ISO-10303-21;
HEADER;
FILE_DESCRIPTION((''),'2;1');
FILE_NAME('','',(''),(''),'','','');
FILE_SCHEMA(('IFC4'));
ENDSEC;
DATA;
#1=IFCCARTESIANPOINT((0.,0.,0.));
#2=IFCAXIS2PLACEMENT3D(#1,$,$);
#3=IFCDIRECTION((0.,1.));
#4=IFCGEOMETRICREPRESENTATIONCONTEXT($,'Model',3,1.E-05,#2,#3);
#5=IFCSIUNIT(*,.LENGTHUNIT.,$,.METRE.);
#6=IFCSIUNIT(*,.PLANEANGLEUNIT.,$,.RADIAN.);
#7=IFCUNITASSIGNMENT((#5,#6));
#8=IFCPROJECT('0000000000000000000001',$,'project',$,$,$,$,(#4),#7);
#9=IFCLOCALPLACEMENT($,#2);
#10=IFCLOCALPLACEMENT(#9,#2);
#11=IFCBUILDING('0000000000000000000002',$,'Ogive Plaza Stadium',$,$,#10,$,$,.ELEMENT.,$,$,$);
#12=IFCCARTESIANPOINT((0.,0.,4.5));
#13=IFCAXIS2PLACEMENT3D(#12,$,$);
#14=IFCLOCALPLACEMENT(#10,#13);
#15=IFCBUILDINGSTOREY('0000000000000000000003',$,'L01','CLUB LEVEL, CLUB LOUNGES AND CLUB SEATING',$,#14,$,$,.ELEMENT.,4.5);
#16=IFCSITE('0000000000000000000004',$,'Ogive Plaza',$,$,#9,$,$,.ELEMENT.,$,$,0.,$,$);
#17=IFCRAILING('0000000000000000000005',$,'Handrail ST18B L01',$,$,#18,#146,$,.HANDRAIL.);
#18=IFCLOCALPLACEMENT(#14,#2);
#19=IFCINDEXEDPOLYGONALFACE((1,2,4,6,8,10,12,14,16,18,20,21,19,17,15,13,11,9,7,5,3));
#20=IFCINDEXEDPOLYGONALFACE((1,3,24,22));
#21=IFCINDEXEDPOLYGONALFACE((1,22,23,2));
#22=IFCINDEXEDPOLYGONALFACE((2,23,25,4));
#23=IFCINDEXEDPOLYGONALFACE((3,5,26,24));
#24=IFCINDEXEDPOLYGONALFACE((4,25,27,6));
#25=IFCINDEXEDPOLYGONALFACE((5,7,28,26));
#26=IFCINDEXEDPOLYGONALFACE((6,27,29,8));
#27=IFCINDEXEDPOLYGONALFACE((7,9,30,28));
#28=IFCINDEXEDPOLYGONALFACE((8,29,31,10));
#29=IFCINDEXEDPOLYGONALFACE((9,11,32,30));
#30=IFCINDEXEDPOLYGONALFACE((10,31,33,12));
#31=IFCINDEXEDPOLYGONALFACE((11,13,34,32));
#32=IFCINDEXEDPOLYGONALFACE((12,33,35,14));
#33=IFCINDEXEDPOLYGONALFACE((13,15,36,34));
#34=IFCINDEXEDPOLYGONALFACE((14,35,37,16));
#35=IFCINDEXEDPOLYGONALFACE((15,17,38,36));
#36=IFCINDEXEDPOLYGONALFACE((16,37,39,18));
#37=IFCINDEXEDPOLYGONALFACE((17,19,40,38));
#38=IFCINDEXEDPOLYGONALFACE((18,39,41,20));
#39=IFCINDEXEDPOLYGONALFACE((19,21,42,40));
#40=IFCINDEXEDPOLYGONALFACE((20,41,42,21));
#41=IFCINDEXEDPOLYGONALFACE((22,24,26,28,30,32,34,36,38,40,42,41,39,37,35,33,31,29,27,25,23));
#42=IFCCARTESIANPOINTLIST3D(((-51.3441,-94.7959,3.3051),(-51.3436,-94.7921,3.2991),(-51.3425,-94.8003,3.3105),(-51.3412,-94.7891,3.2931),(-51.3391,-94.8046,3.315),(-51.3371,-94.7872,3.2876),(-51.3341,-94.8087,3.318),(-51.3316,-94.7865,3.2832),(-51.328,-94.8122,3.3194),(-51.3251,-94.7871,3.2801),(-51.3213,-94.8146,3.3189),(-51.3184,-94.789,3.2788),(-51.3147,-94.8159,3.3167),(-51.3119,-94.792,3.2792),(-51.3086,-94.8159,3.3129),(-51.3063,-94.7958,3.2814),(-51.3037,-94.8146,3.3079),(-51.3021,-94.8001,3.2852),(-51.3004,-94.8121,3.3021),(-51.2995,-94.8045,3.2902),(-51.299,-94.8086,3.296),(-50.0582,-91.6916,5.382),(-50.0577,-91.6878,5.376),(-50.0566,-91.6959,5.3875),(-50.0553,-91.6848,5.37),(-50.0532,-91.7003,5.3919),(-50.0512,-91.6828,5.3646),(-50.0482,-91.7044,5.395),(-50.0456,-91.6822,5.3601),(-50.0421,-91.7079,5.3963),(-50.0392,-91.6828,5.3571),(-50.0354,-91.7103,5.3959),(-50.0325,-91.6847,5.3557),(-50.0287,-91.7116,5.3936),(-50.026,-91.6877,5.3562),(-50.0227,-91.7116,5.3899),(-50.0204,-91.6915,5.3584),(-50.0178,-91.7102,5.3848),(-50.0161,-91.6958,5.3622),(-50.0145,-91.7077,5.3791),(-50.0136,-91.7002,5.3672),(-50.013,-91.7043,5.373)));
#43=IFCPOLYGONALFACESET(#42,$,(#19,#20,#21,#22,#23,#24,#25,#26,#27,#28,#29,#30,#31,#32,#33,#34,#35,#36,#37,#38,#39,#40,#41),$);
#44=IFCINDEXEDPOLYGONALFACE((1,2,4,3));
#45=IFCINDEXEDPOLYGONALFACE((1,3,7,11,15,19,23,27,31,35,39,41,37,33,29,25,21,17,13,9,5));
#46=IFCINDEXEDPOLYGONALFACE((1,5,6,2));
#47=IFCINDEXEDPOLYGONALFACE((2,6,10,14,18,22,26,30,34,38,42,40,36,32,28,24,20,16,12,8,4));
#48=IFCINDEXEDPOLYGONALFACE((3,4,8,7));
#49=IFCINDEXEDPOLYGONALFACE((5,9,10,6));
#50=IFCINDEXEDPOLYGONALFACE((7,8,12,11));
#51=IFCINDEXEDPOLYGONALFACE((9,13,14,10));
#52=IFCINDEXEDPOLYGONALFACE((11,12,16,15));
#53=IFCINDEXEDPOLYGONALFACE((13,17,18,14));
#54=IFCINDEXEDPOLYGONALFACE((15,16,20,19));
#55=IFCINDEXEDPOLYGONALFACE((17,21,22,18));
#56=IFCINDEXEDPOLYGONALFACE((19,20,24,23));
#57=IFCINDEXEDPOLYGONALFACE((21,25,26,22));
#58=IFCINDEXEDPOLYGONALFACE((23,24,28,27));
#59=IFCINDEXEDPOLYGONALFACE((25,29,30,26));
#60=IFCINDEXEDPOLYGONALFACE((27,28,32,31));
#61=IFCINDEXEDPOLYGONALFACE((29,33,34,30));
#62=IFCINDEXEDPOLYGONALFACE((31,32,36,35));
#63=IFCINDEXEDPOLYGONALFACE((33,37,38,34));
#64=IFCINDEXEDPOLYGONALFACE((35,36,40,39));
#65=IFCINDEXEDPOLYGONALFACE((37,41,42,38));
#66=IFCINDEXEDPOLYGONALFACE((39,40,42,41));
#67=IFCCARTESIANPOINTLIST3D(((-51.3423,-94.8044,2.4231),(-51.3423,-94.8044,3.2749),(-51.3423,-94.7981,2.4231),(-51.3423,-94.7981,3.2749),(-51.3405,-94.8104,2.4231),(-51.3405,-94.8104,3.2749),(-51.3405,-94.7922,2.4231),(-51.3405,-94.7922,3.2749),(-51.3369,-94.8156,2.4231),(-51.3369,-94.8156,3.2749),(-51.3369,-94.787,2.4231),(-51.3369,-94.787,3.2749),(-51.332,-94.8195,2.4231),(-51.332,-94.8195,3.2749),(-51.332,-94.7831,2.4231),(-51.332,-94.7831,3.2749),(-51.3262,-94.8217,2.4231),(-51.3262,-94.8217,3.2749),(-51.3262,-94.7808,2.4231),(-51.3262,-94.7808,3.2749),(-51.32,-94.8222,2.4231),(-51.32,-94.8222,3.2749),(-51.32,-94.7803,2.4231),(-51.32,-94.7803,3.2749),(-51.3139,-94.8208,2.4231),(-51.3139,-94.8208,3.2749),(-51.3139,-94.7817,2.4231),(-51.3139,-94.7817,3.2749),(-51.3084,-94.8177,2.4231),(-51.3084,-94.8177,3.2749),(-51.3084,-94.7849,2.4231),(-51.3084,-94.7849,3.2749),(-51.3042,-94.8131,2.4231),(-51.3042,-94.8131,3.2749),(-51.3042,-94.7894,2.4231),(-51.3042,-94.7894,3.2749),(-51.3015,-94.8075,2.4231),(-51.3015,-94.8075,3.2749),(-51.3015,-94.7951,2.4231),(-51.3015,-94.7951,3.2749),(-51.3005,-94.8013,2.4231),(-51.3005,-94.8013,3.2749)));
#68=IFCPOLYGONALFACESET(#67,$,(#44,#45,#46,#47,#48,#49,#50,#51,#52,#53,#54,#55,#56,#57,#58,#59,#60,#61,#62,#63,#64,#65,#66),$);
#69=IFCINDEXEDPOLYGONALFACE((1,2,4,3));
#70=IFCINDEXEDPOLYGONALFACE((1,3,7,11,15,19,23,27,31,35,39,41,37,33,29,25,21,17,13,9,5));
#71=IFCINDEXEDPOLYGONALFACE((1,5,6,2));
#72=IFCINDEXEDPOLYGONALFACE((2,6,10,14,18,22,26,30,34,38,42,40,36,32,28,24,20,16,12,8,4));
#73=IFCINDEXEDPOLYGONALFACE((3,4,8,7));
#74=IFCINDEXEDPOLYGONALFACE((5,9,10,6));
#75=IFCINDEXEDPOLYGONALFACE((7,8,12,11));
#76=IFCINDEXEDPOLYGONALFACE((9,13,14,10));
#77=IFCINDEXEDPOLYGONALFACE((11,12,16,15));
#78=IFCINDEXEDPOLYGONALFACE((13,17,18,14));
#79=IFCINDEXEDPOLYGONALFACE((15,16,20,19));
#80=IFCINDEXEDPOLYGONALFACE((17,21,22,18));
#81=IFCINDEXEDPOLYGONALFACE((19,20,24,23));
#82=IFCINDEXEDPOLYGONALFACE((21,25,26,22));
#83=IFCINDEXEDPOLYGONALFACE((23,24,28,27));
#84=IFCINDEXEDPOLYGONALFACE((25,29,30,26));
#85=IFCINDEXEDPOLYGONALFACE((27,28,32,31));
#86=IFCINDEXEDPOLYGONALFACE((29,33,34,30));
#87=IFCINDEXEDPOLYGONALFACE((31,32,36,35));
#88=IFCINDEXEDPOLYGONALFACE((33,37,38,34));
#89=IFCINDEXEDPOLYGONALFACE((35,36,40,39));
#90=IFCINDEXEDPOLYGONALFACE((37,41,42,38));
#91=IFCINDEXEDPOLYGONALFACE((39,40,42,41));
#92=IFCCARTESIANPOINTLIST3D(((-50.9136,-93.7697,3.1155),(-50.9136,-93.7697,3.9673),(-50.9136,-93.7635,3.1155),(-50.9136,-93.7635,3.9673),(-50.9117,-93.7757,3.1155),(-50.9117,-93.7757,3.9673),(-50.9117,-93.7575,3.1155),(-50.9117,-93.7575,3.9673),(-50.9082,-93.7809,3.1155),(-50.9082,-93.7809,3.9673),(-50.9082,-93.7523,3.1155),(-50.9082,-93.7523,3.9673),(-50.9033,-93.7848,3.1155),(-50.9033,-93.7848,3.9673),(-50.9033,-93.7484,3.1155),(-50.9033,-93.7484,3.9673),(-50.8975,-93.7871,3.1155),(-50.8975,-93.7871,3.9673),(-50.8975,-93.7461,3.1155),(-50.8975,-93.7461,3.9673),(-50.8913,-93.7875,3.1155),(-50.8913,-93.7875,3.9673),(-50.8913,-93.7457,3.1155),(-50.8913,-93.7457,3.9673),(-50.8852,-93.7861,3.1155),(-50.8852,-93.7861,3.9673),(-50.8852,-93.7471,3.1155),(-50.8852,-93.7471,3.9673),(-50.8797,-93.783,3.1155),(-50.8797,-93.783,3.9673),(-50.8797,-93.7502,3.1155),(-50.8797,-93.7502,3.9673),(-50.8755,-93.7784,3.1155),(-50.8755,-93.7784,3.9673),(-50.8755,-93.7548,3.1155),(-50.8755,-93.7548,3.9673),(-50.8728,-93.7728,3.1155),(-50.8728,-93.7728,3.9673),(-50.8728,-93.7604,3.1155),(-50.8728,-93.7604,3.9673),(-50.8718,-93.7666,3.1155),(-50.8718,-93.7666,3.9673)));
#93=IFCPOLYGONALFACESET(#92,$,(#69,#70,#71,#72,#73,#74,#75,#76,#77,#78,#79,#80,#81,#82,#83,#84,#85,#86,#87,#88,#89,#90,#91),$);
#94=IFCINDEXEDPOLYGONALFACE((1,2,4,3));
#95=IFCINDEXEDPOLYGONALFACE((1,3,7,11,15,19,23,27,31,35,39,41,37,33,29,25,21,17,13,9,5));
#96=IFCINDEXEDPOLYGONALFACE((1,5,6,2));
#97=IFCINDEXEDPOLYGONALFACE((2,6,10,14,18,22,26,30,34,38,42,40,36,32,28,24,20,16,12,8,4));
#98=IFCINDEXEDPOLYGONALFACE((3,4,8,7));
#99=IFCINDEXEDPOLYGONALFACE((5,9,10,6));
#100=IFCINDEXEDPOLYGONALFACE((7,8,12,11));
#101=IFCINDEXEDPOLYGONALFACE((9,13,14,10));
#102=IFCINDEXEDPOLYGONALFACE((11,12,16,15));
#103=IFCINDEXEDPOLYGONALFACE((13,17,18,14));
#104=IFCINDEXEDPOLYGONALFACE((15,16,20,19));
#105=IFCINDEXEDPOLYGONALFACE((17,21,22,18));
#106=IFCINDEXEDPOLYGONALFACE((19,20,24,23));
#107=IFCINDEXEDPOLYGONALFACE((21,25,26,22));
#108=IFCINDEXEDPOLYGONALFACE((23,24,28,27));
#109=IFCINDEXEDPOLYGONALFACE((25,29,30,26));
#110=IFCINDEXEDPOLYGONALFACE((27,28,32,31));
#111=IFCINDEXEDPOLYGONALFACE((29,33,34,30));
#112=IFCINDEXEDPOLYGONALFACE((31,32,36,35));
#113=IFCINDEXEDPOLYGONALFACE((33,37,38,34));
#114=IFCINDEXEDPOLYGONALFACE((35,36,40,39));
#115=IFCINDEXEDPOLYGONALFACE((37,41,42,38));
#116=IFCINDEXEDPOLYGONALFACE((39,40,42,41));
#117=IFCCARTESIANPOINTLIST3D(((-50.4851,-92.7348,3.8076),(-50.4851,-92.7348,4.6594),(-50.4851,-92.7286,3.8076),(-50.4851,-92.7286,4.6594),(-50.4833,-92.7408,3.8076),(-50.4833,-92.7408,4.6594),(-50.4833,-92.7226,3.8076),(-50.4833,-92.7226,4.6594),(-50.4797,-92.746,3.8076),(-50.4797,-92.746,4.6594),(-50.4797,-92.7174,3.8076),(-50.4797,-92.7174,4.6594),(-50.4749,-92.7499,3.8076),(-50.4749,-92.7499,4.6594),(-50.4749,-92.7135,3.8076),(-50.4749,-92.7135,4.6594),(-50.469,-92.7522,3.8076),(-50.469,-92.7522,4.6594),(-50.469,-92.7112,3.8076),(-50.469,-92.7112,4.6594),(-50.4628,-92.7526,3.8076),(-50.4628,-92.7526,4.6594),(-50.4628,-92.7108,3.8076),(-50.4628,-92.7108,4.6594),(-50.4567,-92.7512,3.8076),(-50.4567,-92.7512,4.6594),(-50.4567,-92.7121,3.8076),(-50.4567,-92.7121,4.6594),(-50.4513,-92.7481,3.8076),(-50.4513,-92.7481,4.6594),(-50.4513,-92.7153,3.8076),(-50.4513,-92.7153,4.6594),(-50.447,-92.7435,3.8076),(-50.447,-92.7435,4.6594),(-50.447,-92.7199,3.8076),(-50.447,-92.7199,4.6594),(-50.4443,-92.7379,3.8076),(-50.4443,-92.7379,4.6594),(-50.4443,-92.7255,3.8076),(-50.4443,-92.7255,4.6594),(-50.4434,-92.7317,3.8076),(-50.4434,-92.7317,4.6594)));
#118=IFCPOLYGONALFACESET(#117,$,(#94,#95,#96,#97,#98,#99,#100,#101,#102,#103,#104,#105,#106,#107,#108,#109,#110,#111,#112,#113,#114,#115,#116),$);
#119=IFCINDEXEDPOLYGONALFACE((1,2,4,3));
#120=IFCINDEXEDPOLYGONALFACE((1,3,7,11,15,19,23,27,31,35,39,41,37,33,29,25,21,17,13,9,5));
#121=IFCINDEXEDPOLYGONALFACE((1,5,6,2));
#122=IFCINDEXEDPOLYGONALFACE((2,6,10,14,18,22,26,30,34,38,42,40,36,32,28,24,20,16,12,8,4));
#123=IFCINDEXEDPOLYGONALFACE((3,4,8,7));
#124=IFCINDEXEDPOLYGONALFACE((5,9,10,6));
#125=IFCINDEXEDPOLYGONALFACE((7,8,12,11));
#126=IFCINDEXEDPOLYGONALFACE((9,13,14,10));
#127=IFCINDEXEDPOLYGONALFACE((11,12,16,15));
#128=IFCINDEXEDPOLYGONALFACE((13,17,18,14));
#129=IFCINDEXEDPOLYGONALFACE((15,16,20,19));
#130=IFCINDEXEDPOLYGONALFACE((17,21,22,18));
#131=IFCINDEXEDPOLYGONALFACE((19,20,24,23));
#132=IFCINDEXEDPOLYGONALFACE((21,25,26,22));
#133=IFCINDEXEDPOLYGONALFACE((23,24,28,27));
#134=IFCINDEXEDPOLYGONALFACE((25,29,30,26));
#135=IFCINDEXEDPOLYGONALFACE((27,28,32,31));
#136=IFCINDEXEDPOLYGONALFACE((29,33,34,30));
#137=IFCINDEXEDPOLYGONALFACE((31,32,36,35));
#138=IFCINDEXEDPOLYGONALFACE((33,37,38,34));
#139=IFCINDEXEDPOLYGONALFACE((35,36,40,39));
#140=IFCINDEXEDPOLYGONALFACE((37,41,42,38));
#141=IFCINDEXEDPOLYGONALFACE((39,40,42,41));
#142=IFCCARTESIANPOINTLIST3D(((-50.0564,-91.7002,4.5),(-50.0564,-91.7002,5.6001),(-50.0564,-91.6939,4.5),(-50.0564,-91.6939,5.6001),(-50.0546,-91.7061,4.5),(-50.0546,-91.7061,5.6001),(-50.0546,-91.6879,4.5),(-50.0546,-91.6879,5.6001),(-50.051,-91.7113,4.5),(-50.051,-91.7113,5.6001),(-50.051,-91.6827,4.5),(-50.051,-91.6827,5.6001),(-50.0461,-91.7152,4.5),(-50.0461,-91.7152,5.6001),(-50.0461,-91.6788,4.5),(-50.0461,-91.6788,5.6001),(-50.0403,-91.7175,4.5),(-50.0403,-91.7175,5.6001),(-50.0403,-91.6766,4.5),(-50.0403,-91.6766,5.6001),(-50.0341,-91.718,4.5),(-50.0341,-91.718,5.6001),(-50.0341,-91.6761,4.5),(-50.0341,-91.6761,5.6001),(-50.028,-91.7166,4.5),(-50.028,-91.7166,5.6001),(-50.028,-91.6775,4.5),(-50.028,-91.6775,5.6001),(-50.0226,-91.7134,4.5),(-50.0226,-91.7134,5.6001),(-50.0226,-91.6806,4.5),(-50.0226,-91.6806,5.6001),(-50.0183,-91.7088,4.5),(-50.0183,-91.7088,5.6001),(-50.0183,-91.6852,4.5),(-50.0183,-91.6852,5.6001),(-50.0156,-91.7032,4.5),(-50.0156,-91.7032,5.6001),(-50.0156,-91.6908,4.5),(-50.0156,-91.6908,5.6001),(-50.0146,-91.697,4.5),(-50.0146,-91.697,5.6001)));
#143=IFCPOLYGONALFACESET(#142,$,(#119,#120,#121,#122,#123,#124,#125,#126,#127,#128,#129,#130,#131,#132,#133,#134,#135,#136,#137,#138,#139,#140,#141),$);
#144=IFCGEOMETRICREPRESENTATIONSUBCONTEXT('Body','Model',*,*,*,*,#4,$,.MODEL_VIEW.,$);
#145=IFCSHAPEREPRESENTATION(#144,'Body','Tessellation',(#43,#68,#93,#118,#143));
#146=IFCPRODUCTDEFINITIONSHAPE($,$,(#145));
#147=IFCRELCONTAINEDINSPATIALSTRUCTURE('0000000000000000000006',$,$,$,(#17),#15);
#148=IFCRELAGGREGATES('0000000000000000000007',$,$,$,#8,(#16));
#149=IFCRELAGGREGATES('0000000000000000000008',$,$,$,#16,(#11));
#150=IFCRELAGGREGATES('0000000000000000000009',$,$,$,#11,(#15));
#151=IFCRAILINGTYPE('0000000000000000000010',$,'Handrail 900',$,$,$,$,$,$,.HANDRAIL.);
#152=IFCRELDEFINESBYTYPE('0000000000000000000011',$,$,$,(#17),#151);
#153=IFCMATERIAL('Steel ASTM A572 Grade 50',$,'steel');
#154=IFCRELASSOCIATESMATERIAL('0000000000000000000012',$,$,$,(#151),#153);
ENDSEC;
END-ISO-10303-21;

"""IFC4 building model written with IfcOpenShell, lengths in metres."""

from ifc_helpers import new_model, si_unit, direction, frame, origin, origin_2d, place, context, subcontext, project, spatial, circle, extrude, material, type_object, element, save


model = new_model("IFC4")

# Units and contexts
model_context = context("Model", 3, precision=1e-05, world=origin(), true_north=direction((0.0, 1.0)))
body_context = subcontext(model_context, "Body", "Model", "MODEL_VIEW")
ifc_project = project(units=[si_unit("LENGTHUNIT", "METRE"), si_unit("PLANEANGLEUNIT", "RADIAN")], contexts=[model_context])

# Site, building, storey
site_placement = place(None, origin())
site = spatial("IfcSite", under=ifc_project, at=site_placement, Name="Ogive Plaza", CompositionType="ELEMENT", RefElevation=0.0)
building_placement = place(site_placement, origin())
building = spatial("IfcBuilding", under=site, at=building_placement, Name="Ogive Plaza Stadium", CompositionType="ELEMENT")
storey_placement = place(building_placement, frame((0.0, 0.0, 4.5)))
storey = spatial("IfcBuildingStorey", under=building, at=storey_placement, Name="L01", Description="CLUB LEVEL, CLUB LOUNGES AND CLUB SEATING", CompositionType="ELEMENT", Elevation=4.5)

# Railing
ifc_material_1 = material(Name="Steel ASTM A572 Grade 50", Category="steel")
railing_type_1 = type_object("IfcRailingType", Name="Handrail 900", PredefinedType="HANDRAIL", material=ifc_material_1)
railing_1_placement = place(storey_placement, frame((-51.3215, -94.8013, 2.4231)))
element("IfcRailing", 1, at=railing_1_placement, inside=storey, type_object=railing_type_1, Name="Handrail ST18B L01", PredefinedType="HANDRAIL", context=body_context, shape_type="SweptSolid", body=[
    extrude(circle(Radius=0.0239, at=origin_2d()), frame((0.0, 0.0, 0.876), z_axis=(0.325532, 0.785863, 0.525783), x_axis=(-0.923872, 0.3827, 0.0)), (0.0, 0.0, 1.0), 3.9502),
    extrude(circle(Radius=0.021, at=origin_2d()), origin(), (0.0, 0.0, 1.0), 0.8518),
    extrude(circle(Radius=0.021, at=origin_2d()), frame((0.4287, 1.0347, 0.6924)), (0.0, 0.0, 1.0), 0.8518),
    extrude(circle(Radius=0.021, at=origin_2d()), frame((0.8572, 2.0696, 1.3845)), (0.0, 0.0, 1.0), 0.8518),
    extrude(circle(Radius=0.021, at=origin_2d()), frame((1.2859, 3.1042, 2.0769)), (0.0, 0.0, 1.0), 1.1001),
])

save(model, "model.ifc")
